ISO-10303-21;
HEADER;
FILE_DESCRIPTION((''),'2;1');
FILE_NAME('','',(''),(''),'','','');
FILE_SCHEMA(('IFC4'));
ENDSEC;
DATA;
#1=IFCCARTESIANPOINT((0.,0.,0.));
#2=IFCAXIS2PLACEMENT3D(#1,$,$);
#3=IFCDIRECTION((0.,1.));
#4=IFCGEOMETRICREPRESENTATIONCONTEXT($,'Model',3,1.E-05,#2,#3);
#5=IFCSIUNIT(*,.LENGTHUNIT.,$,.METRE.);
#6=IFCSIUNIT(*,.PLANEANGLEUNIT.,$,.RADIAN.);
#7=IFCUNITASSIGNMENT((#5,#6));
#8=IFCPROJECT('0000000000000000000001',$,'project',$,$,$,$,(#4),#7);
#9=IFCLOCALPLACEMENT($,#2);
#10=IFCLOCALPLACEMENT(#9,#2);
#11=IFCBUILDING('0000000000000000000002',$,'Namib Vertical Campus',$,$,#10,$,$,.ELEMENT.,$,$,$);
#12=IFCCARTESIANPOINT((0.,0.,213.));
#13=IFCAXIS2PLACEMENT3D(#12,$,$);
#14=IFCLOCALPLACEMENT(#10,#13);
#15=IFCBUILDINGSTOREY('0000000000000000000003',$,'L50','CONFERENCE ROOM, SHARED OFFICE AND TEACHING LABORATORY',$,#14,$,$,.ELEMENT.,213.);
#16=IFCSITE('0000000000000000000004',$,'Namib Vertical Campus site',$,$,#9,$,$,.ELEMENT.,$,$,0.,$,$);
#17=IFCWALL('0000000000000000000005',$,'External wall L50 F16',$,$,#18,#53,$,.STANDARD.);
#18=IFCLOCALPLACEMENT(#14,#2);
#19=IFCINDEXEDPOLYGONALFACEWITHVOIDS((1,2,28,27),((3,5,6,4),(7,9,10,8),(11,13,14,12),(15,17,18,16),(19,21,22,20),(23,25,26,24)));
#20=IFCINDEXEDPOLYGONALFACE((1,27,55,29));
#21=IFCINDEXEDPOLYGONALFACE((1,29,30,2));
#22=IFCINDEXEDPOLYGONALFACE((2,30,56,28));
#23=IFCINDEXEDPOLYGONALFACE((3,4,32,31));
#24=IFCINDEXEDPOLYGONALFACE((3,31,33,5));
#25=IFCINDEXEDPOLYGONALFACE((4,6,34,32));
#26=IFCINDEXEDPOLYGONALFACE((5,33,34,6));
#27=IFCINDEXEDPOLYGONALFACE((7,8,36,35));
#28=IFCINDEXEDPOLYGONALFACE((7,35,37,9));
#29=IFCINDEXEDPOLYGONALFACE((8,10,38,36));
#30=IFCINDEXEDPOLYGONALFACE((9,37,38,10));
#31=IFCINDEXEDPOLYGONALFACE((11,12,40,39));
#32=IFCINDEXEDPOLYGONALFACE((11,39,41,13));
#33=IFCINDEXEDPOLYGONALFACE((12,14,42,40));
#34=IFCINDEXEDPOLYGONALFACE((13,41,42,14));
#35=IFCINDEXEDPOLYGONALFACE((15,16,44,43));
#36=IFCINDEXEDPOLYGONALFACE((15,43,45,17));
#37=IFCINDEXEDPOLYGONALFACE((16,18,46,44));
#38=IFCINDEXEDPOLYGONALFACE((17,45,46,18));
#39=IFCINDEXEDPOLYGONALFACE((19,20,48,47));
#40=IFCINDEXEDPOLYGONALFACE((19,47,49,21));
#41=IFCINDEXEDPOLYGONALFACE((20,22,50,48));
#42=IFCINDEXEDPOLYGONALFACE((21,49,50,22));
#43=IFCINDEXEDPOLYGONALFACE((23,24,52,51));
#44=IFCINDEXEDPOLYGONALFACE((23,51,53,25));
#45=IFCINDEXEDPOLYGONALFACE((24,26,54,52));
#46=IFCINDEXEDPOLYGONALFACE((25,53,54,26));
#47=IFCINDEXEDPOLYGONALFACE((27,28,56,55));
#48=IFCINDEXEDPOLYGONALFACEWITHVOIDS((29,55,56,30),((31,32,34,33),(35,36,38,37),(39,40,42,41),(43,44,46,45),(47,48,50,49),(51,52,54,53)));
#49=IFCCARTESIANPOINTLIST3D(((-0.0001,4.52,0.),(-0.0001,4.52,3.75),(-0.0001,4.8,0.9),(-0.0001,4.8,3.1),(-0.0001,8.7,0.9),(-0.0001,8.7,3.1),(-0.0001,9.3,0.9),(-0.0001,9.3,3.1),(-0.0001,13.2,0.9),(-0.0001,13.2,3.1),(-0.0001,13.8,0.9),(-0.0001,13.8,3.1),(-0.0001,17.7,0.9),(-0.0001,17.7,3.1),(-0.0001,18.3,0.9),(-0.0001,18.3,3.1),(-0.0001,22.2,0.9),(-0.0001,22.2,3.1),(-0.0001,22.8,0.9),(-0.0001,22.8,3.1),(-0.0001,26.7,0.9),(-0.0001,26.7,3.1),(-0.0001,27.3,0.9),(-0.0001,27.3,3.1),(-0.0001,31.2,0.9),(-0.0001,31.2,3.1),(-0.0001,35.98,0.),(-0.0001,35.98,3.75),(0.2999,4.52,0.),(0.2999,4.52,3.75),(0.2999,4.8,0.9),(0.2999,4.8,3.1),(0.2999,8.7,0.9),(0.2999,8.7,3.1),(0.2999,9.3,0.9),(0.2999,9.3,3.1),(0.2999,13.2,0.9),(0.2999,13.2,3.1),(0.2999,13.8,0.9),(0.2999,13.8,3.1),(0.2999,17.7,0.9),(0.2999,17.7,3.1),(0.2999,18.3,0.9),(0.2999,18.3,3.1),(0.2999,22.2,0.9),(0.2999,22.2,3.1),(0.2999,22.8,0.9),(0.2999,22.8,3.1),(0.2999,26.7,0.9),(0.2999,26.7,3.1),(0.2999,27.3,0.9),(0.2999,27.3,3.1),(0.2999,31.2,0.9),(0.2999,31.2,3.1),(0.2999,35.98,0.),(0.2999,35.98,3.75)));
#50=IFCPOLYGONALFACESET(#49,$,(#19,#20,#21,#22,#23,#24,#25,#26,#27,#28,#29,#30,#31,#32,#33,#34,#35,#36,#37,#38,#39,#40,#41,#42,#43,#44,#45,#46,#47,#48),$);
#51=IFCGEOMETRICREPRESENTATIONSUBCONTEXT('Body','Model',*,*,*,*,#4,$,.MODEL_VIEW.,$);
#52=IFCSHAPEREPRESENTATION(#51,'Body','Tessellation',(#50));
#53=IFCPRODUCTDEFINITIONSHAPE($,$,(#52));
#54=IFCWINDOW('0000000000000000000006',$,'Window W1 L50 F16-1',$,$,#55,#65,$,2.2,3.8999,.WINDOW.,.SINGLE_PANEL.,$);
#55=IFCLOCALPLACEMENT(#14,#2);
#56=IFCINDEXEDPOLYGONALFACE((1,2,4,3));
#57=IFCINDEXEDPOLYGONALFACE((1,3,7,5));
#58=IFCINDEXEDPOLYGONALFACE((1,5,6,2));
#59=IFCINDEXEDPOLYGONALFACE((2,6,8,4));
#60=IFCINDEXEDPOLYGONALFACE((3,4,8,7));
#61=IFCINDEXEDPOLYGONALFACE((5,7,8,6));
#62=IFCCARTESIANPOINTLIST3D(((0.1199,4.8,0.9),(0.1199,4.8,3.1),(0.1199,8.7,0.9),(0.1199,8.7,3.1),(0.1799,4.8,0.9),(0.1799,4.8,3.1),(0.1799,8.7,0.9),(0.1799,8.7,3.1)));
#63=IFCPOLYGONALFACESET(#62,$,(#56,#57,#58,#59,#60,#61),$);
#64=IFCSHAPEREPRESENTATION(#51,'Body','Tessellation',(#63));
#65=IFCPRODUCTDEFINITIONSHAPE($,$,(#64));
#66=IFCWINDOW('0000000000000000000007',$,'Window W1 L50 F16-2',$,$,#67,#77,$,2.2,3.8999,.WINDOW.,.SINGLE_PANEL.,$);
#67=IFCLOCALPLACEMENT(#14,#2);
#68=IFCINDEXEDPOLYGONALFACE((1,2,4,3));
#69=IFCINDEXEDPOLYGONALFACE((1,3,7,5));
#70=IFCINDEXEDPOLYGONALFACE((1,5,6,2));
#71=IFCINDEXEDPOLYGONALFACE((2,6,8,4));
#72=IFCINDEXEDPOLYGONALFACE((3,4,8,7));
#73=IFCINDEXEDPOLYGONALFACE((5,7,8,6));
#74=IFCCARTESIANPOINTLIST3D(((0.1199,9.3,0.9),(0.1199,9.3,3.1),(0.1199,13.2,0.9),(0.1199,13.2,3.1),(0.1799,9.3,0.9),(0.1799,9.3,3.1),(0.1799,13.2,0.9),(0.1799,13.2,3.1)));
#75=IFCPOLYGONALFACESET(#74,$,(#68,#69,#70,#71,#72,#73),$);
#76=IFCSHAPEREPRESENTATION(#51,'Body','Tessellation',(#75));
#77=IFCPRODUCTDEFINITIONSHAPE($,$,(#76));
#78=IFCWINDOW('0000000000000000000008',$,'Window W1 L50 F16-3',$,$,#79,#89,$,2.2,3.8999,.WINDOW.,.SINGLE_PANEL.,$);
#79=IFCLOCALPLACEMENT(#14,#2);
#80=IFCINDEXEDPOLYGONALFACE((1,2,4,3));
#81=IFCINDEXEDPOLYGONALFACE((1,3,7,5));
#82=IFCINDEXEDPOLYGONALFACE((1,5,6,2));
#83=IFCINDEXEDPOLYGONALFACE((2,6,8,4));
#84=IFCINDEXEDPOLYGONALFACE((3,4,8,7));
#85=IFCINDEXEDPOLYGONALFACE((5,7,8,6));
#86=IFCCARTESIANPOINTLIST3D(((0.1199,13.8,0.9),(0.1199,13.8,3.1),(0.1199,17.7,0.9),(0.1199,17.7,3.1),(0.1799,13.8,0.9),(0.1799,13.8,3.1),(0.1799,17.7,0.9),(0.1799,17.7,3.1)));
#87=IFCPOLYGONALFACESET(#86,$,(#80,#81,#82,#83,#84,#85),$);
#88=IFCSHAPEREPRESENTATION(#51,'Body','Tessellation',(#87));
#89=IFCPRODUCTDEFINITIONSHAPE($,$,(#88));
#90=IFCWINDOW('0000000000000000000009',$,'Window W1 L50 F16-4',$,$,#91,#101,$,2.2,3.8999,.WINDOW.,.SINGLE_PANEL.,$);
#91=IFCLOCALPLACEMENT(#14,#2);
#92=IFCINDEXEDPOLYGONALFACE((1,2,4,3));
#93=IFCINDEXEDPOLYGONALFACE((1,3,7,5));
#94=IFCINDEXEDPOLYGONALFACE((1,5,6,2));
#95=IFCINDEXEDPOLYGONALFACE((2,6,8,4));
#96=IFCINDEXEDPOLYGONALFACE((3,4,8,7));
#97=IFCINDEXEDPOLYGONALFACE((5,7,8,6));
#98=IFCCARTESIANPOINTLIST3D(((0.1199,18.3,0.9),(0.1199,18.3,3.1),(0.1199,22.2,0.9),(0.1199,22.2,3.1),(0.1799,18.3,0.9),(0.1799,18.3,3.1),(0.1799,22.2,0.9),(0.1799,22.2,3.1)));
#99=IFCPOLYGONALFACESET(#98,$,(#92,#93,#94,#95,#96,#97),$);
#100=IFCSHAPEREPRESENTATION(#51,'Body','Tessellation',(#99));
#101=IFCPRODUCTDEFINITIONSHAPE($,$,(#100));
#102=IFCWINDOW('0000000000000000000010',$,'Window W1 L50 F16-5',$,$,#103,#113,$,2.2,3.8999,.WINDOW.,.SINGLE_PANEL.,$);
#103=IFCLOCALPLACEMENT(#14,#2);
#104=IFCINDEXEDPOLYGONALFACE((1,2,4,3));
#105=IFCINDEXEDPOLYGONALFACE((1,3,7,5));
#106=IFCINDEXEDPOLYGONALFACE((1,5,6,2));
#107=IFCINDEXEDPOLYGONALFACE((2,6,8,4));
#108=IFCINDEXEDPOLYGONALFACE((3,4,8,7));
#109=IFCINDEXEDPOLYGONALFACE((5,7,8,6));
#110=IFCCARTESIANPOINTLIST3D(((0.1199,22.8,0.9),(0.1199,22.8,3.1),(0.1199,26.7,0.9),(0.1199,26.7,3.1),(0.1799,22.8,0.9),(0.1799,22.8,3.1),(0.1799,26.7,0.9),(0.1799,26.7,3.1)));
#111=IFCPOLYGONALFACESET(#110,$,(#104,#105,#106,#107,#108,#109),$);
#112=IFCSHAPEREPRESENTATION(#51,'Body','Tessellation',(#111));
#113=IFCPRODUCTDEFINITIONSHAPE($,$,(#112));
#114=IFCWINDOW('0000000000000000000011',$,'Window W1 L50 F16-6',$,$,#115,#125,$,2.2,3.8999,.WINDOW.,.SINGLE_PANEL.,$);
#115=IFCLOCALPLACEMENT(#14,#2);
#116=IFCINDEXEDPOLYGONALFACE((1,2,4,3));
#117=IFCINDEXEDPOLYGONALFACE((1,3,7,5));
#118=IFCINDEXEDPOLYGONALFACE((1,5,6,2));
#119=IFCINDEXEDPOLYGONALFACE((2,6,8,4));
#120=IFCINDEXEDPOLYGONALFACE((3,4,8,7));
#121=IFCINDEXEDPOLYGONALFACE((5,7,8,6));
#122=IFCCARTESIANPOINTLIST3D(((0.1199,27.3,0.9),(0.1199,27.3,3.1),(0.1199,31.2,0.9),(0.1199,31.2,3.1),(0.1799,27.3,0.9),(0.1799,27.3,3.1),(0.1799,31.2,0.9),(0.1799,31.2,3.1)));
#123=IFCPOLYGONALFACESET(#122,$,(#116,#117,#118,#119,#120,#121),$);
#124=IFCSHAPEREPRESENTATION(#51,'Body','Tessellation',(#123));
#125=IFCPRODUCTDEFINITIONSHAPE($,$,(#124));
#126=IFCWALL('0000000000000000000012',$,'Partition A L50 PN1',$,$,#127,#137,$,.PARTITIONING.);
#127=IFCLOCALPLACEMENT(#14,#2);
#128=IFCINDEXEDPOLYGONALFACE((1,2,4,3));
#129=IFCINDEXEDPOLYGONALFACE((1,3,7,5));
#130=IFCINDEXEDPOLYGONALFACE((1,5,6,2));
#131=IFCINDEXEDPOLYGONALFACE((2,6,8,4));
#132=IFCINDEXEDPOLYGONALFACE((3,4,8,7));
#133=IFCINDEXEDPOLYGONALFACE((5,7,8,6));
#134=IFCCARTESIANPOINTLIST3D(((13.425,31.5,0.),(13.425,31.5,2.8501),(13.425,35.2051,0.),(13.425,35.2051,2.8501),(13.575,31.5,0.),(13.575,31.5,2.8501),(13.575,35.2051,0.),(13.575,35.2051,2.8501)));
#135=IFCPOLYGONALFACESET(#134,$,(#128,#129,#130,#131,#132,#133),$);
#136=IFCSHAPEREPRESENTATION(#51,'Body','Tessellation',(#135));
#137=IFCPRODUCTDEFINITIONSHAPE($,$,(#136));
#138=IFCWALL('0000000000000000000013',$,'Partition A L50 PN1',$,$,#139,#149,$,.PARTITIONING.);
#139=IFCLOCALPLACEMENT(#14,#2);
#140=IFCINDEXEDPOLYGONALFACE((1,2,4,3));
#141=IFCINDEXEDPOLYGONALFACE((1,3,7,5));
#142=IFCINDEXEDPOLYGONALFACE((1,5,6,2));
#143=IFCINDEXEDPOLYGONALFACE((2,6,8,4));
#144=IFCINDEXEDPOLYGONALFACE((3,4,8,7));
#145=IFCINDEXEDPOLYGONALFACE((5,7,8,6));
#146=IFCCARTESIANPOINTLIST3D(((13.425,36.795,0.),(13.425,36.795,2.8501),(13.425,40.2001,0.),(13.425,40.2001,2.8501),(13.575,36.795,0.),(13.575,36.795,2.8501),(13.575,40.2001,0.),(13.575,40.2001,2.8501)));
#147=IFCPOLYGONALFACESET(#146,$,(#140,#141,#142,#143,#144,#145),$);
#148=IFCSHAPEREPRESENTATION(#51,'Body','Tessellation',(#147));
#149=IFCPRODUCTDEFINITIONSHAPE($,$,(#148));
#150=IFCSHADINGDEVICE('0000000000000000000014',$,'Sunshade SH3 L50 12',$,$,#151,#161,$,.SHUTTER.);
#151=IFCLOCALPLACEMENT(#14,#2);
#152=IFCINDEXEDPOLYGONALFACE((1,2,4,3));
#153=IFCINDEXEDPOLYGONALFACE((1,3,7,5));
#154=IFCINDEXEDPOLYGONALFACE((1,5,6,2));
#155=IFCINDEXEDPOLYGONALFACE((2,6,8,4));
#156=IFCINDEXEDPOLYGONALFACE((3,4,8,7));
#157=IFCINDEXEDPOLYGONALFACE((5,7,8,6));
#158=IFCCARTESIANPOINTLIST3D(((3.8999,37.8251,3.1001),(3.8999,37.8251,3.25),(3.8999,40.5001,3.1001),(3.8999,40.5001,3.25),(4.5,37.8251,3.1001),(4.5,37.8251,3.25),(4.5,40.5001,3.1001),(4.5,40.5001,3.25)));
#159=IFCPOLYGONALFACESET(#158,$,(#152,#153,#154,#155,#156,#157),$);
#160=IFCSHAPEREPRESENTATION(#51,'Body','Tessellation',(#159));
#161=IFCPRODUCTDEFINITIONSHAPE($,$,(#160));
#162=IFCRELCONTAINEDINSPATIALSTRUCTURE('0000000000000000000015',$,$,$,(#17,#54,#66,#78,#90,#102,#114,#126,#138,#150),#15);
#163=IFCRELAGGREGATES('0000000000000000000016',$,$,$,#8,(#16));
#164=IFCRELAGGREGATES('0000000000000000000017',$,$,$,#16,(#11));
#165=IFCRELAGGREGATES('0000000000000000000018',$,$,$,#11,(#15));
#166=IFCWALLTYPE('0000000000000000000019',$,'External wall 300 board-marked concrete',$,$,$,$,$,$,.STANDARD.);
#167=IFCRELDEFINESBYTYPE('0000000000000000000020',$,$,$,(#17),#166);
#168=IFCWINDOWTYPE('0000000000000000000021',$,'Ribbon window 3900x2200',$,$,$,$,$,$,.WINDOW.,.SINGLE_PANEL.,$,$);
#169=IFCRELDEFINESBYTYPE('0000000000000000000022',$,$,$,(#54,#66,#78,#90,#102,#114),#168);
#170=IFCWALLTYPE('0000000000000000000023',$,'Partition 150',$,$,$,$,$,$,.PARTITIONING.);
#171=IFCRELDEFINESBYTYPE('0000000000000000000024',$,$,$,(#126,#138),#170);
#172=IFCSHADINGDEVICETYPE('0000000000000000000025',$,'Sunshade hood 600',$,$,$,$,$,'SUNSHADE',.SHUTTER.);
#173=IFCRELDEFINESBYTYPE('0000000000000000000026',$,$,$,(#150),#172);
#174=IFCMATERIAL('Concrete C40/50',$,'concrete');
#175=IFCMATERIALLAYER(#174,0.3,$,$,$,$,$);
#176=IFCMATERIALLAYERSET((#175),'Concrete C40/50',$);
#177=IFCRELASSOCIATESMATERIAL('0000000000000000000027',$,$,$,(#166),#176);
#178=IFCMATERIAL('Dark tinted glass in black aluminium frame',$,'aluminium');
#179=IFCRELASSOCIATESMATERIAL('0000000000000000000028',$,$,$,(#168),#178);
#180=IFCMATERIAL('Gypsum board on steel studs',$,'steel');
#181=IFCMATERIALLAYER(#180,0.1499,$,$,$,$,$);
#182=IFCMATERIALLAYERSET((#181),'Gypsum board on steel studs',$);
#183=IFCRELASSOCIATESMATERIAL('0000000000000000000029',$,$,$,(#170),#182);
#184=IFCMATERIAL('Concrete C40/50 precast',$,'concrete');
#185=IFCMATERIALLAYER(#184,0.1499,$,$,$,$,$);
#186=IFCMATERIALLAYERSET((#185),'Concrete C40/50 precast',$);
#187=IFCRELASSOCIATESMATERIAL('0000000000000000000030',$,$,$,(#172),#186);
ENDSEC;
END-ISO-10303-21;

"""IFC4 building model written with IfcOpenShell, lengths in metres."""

from ifc_helpers import new_model, si_unit, direction, frame, frame_2d, origin, origin_2d, place, context, subcontext, project, spatial, rectangle, extrude, material, layer, layer_set, type_object, element, fill, save


model = new_model("IFC4")

# Units and contexts
model_context = context("Model", 3, precision=1e-05, world=origin(), true_north=direction((0.0, 1.0)))
body_context = subcontext(model_context, "Body", "Model", "MODEL_VIEW")
ifc_project = project(units=[si_unit("LENGTHUNIT", "METRE"), si_unit("PLANEANGLEUNIT", "RADIAN")], contexts=[model_context])

# Site, building, storey
site_placement = place(None, origin())
site = spatial("IfcSite", under=ifc_project, at=site_placement, Name="Namib Vertical Campus site", CompositionType="ELEMENT", RefElevation=0.0)
building_placement = place(site_placement, origin())
building = spatial("IfcBuilding", under=site, at=building_placement, Name="Namib Vertical Campus", CompositionType="ELEMENT")
storey_placement = place(building_placement, frame((0.0, 0.0, 213.0)))
storey = spatial("IfcBuildingStorey", under=building, at=storey_placement, Name="L50", Description="CONFERENCE ROOM, SHARED OFFICE AND TEACHING LABORATORY", CompositionType="ELEMENT", Elevation=213.0)

# Shared definitions
ifc_material_1 = material(Name="Concrete C40/50", Category="concrete")
ifc_layer_1 = layer(ifc_material_1, 0.3)
ifc_layer_set_1 = layer_set([ifc_layer_1], Name="Concrete C40/50")
wall_type_1 = type_object("IfcWallType", Name="External wall 300 board-marked concrete", PredefinedType="STANDARD", material=ifc_layer_set_1)

# Wall, openings, windows
wall_1_placement = place(storey_placement, frame((0.1499, 35.98, 0.0), z_axis=(0.0, 0.0, 1.0), x_axis=(0.0, -1.0, 0.0)))
wall_1 = element("IfcWall", 1, at=wall_1_placement, inside=storey, type_object=wall_type_1, Name="External wall L50 F16", PredefinedType="STANDARD", context=body_context, shape_type="SweptSolid", body=[
    extrude(rectangle(XDim=31.46, YDim=0.3, at=frame_2d((15.73, 0.0))), origin(), (0.0, 0.0, 1.0), 3.75),
])
opening_1_placement = place(wall_1_placement, frame((27.28, 0.0, 0.8999)))
opening_1 = element("IfcOpeningElement", 2, at=opening_1_placement, cuts=wall_1, PredefinedType="OPENING", context=body_context, shape_type="SweptSolid", body=[
    extrude(rectangle(XDim=3.8999, YDim=2.2, at=frame_2d((1.95, 1.1001))), frame((0.0, 0.1599, 0.0), z_axis=(0.0, -1.0, 0.0), x_axis=(1.0, 0.0, 0.0)), (0.0, 0.0, 1.0), 0.3201),
])
opening_2_placement = place(wall_1_placement, frame((22.78, 0.0, 0.8999)))
opening_2 = element("IfcOpeningElement", 3, at=opening_2_placement, cuts=wall_1, PredefinedType="OPENING", context=body_context, shape_type="SweptSolid", body=[
    extrude(rectangle(XDim=3.8999, YDim=2.2, at=frame_2d((1.95, 1.1001))), frame((0.0, 0.1599, 0.0), z_axis=(0.0, -1.0, 0.0), x_axis=(1.0, 0.0, 0.0)), (0.0, 0.0, 1.0), 0.3201),
])
opening_3_placement = place(wall_1_placement, frame((18.28, 0.0, 0.8999)))
opening_3 = element("IfcOpeningElement", 4, at=opening_3_placement, cuts=wall_1, PredefinedType="OPENING", context=body_context, shape_type="SweptSolid", body=[
    extrude(rectangle(XDim=3.8999, YDim=2.2, at=frame_2d((1.95, 1.1001))), frame((0.0, 0.1599, 0.0), z_axis=(0.0, -1.0, 0.0), x_axis=(1.0, 0.0, 0.0)), (0.0, 0.0, 1.0), 0.3201),
])
opening_4_placement = place(wall_1_placement, frame((13.78, 0.0, 0.8999)))
opening_4 = element("IfcOpeningElement", 5, at=opening_4_placement, cuts=wall_1, PredefinedType="OPENING", context=body_context, shape_type="SweptSolid", body=[
    extrude(rectangle(XDim=3.8999, YDim=2.2, at=frame_2d((1.95, 1.1001))), frame((0.0, 0.1599, 0.0), z_axis=(0.0, -1.0, 0.0), x_axis=(1.0, 0.0, 0.0)), (0.0, 0.0, 1.0), 0.3201),
])
opening_5_placement = place(wall_1_placement, frame((9.28, 0.0, 0.8999)))
opening_5 = element("IfcOpeningElement", 6, at=opening_5_placement, cuts=wall_1, PredefinedType="OPENING", context=body_context, shape_type="SweptSolid", body=[
    extrude(rectangle(XDim=3.8999, YDim=2.2, at=frame_2d((1.95, 1.1001))), frame((0.0, 0.1599, 0.0), z_axis=(0.0, -1.0, 0.0), x_axis=(1.0, 0.0, 0.0)), (0.0, 0.0, 1.0), 0.3201),
])
opening_6_placement = place(wall_1_placement, frame((4.78, 0.0, 0.8999)))
opening_6 = element("IfcOpeningElement", 7, at=opening_6_placement, cuts=wall_1, PredefinedType="OPENING", context=body_context, shape_type="SweptSolid", body=[
    extrude(rectangle(XDim=3.8999, YDim=2.2, at=frame_2d((1.95, 1.1001))), frame((0.0, 0.1599, 0.0), z_axis=(0.0, -1.0, 0.0), x_axis=(1.0, 0.0, 0.0)), (0.0, 0.0, 1.0), 0.3201),
])
ifc_material_2 = material(Name="Dark tinted glass in black aluminium frame", Category="aluminium")
window_type = type_object("IfcWindowType", Name="Ribbon window 3900x2200", PartitioningType="SINGLE_PANEL", PredefinedType="WINDOW", material=ifc_material_2)
window_1_placement = place(opening_1_placement, origin())
window_1 = element("IfcWindow", 8, at=window_1_placement, inside=storey, type_object=window_type, Name="Window W1 L50 F16-1", OverallHeight=2.2, OverallWidth=3.8999, PartitioningType="SINGLE_PANEL", PredefinedType="WINDOW", context=body_context, shape_type="SweptSolid", body=[
    extrude(rectangle(XDim=3.8999, YDim=2.2, at=frame_2d((1.95, 1.1001))), frame((0.0, 0.03, 0.0), z_axis=(0.0, -1.0, 0.0), x_axis=(1.0, 0.0, 0.0)), (0.0, 0.0, 1.0), 0.0601),
])
fill(opening_1, window_1)
window_2_placement = place(opening_2_placement, origin())
window_2 = element("IfcWindow", 9, at=window_2_placement, inside=storey, type_object=window_type, Name="Window W1 L50 F16-2", OverallHeight=2.2, OverallWidth=3.8999, PartitioningType="SINGLE_PANEL", PredefinedType="WINDOW", context=body_context, shape_type="SweptSolid", body=[
    extrude(rectangle(XDim=3.8999, YDim=2.2, at=frame_2d((1.95, 1.1001))), frame((0.0, 0.03, 0.0), z_axis=(0.0, -1.0, 0.0), x_axis=(1.0, 0.0, 0.0)), (0.0, 0.0, 1.0), 0.0601),
])
fill(opening_2, window_2)
window_3_placement = place(opening_3_placement, origin())
window_3 = element("IfcWindow", 10, at=window_3_placement, inside=storey, type_object=window_type, Name="Window W1 L50 F16-3", OverallHeight=2.2, OverallWidth=3.8999, PartitioningType="SINGLE_PANEL", PredefinedType="WINDOW", context=body_context, shape_type="SweptSolid", body=[
    extrude(rectangle(XDim=3.8999, YDim=2.2, at=frame_2d((1.95, 1.1001))), frame((0.0, 0.03, 0.0), z_axis=(0.0, -1.0, 0.0), x_axis=(1.0, 0.0, 0.0)), (0.0, 0.0, 1.0), 0.0601),
])
fill(opening_3, window_3)
window_4_placement = place(opening_4_placement, origin())
window_4 = element("IfcWindow", 11, at=window_4_placement, inside=storey, type_object=window_type, Name="Window W1 L50 F16-4", OverallHeight=2.2, OverallWidth=3.8999, PartitioningType="SINGLE_PANEL", PredefinedType="WINDOW", context=body_context, shape_type="SweptSolid", body=[
    extrude(rectangle(XDim=3.8999, YDim=2.2, at=frame_2d((1.95, 1.1001))), frame((0.0, 0.03, 0.0), z_axis=(0.0, -1.0, 0.0), x_axis=(1.0, 0.0, 0.0)), (0.0, 0.0, 1.0), 0.0601),
])
fill(opening_4, window_4)
window_5_placement = place(opening_5_placement, origin())
window_5 = element("IfcWindow", 12, at=window_5_placement, inside=storey, type_object=window_type, Name="Window W1 L50 F16-5", OverallHeight=2.2, OverallWidth=3.8999, PartitioningType="SINGLE_PANEL", PredefinedType="WINDOW", context=body_context, shape_type="SweptSolid", body=[
    extrude(rectangle(XDim=3.8999, YDim=2.2, at=frame_2d((1.95, 1.1001))), frame((0.0, 0.03, 0.0), z_axis=(0.0, -1.0, 0.0), x_axis=(1.0, 0.0, 0.0)), (0.0, 0.0, 1.0), 0.0601),
])
fill(opening_5, window_5)
window_6_placement = place(opening_6_placement, origin())
window_6 = element("IfcWindow", 13, at=window_6_placement, inside=storey, type_object=window_type, Name="Window W1 L50 F16-6", OverallHeight=2.2, OverallWidth=3.8999, PartitioningType="SINGLE_PANEL", PredefinedType="WINDOW", context=body_context, shape_type="SweptSolid", body=[
    extrude(rectangle(XDim=3.8999, YDim=2.2, at=frame_2d((1.95, 1.1001))), frame((0.0, 0.03, 0.0), z_axis=(0.0, -1.0, 0.0), x_axis=(1.0, 0.0, 0.0)), (0.0, 0.0, 1.0), 0.0601),
])
fill(opening_6, window_6)

# Walls
ifc_material_3 = material(Name="Gypsum board on steel studs", Category="steel")
ifc_layer_2 = layer(ifc_material_3, 0.1499)
ifc_layer_set_2 = layer_set([ifc_layer_2], Name="Gypsum board on steel studs")
wall_type_2 = type_object("IfcWallType", Name="Partition 150", PredefinedType="PARTITIONING", material=ifc_layer_set_2)
wall_2_placement = place(storey_placement, frame((13.5, 31.5, 0.0), z_axis=(0.0, 0.0, 1.0), x_axis=(0.0, 1.0, 0.0)))
element("IfcWall", 14, at=wall_2_placement, inside=storey, type_object=wall_type_2, Name="Partition A L50 PN1", PredefinedType="PARTITIONING", context=body_context, shape_type="SweptSolid", body=[
    extrude(rectangle(XDim=3.7051, YDim=0.1499, at=frame_2d((1.8525, 0.0))), origin(), (0.0, 0.0, 1.0), 2.8501),
])
wall_3_placement = place(storey_placement, frame((13.5, 36.7949, 0.0), z_axis=(0.0, 0.0, 1.0), x_axis=(0.0, 1.0, 0.0)))
element("IfcWall", 15, at=wall_3_placement, inside=storey, type_object=wall_type_2, Name="Partition A L50 PN1", PredefinedType="PARTITIONING", context=body_context, shape_type="SweptSolid", body=[
    extrude(rectangle(XDim=3.405, YDim=0.1499, at=frame_2d((1.7026, 0.0))), origin(), (0.0, 0.0, 1.0), 2.8501),
])

# Shading device
ifc_material_4 = material(Name="Concrete C40/50 precast", Category="concrete")
ifc_layer_3 = layer(ifc_material_4, 0.1499)
ifc_layer_set_3 = layer_set([ifc_layer_3], Name="Concrete C40/50 precast")
shading_device_type = type_object("IfcShadingDeviceType", Name="Sunshade hood 600", ElementType="SUNSHADE", PredefinedType="SHUTTER", material=ifc_layer_set_3)
for number, where, z_axis, x_axis, name in (
    (16, (4.2, 39.1626, 3.1001), (0.0, 0.0, 1.0), (0.0, -1.0, 0.0), "Sunshade SH3 L50 12"),
):
    element("IfcShadingDevice", number, at=place(storey_placement, frame(where, z_axis=z_axis, x_axis=x_axis)), inside=storey, type_object=shading_device_type, Name=name, PredefinedType="SHUTTER", context=body_context, shape_type="SweptSolid", body=[
        extrude(rectangle(XDim=2.675, YDim=0.6001, at=origin_2d()), origin(), (0.0, 0.0, 1.0), 0.1499),
    ])

save(model, "model.ifc")
